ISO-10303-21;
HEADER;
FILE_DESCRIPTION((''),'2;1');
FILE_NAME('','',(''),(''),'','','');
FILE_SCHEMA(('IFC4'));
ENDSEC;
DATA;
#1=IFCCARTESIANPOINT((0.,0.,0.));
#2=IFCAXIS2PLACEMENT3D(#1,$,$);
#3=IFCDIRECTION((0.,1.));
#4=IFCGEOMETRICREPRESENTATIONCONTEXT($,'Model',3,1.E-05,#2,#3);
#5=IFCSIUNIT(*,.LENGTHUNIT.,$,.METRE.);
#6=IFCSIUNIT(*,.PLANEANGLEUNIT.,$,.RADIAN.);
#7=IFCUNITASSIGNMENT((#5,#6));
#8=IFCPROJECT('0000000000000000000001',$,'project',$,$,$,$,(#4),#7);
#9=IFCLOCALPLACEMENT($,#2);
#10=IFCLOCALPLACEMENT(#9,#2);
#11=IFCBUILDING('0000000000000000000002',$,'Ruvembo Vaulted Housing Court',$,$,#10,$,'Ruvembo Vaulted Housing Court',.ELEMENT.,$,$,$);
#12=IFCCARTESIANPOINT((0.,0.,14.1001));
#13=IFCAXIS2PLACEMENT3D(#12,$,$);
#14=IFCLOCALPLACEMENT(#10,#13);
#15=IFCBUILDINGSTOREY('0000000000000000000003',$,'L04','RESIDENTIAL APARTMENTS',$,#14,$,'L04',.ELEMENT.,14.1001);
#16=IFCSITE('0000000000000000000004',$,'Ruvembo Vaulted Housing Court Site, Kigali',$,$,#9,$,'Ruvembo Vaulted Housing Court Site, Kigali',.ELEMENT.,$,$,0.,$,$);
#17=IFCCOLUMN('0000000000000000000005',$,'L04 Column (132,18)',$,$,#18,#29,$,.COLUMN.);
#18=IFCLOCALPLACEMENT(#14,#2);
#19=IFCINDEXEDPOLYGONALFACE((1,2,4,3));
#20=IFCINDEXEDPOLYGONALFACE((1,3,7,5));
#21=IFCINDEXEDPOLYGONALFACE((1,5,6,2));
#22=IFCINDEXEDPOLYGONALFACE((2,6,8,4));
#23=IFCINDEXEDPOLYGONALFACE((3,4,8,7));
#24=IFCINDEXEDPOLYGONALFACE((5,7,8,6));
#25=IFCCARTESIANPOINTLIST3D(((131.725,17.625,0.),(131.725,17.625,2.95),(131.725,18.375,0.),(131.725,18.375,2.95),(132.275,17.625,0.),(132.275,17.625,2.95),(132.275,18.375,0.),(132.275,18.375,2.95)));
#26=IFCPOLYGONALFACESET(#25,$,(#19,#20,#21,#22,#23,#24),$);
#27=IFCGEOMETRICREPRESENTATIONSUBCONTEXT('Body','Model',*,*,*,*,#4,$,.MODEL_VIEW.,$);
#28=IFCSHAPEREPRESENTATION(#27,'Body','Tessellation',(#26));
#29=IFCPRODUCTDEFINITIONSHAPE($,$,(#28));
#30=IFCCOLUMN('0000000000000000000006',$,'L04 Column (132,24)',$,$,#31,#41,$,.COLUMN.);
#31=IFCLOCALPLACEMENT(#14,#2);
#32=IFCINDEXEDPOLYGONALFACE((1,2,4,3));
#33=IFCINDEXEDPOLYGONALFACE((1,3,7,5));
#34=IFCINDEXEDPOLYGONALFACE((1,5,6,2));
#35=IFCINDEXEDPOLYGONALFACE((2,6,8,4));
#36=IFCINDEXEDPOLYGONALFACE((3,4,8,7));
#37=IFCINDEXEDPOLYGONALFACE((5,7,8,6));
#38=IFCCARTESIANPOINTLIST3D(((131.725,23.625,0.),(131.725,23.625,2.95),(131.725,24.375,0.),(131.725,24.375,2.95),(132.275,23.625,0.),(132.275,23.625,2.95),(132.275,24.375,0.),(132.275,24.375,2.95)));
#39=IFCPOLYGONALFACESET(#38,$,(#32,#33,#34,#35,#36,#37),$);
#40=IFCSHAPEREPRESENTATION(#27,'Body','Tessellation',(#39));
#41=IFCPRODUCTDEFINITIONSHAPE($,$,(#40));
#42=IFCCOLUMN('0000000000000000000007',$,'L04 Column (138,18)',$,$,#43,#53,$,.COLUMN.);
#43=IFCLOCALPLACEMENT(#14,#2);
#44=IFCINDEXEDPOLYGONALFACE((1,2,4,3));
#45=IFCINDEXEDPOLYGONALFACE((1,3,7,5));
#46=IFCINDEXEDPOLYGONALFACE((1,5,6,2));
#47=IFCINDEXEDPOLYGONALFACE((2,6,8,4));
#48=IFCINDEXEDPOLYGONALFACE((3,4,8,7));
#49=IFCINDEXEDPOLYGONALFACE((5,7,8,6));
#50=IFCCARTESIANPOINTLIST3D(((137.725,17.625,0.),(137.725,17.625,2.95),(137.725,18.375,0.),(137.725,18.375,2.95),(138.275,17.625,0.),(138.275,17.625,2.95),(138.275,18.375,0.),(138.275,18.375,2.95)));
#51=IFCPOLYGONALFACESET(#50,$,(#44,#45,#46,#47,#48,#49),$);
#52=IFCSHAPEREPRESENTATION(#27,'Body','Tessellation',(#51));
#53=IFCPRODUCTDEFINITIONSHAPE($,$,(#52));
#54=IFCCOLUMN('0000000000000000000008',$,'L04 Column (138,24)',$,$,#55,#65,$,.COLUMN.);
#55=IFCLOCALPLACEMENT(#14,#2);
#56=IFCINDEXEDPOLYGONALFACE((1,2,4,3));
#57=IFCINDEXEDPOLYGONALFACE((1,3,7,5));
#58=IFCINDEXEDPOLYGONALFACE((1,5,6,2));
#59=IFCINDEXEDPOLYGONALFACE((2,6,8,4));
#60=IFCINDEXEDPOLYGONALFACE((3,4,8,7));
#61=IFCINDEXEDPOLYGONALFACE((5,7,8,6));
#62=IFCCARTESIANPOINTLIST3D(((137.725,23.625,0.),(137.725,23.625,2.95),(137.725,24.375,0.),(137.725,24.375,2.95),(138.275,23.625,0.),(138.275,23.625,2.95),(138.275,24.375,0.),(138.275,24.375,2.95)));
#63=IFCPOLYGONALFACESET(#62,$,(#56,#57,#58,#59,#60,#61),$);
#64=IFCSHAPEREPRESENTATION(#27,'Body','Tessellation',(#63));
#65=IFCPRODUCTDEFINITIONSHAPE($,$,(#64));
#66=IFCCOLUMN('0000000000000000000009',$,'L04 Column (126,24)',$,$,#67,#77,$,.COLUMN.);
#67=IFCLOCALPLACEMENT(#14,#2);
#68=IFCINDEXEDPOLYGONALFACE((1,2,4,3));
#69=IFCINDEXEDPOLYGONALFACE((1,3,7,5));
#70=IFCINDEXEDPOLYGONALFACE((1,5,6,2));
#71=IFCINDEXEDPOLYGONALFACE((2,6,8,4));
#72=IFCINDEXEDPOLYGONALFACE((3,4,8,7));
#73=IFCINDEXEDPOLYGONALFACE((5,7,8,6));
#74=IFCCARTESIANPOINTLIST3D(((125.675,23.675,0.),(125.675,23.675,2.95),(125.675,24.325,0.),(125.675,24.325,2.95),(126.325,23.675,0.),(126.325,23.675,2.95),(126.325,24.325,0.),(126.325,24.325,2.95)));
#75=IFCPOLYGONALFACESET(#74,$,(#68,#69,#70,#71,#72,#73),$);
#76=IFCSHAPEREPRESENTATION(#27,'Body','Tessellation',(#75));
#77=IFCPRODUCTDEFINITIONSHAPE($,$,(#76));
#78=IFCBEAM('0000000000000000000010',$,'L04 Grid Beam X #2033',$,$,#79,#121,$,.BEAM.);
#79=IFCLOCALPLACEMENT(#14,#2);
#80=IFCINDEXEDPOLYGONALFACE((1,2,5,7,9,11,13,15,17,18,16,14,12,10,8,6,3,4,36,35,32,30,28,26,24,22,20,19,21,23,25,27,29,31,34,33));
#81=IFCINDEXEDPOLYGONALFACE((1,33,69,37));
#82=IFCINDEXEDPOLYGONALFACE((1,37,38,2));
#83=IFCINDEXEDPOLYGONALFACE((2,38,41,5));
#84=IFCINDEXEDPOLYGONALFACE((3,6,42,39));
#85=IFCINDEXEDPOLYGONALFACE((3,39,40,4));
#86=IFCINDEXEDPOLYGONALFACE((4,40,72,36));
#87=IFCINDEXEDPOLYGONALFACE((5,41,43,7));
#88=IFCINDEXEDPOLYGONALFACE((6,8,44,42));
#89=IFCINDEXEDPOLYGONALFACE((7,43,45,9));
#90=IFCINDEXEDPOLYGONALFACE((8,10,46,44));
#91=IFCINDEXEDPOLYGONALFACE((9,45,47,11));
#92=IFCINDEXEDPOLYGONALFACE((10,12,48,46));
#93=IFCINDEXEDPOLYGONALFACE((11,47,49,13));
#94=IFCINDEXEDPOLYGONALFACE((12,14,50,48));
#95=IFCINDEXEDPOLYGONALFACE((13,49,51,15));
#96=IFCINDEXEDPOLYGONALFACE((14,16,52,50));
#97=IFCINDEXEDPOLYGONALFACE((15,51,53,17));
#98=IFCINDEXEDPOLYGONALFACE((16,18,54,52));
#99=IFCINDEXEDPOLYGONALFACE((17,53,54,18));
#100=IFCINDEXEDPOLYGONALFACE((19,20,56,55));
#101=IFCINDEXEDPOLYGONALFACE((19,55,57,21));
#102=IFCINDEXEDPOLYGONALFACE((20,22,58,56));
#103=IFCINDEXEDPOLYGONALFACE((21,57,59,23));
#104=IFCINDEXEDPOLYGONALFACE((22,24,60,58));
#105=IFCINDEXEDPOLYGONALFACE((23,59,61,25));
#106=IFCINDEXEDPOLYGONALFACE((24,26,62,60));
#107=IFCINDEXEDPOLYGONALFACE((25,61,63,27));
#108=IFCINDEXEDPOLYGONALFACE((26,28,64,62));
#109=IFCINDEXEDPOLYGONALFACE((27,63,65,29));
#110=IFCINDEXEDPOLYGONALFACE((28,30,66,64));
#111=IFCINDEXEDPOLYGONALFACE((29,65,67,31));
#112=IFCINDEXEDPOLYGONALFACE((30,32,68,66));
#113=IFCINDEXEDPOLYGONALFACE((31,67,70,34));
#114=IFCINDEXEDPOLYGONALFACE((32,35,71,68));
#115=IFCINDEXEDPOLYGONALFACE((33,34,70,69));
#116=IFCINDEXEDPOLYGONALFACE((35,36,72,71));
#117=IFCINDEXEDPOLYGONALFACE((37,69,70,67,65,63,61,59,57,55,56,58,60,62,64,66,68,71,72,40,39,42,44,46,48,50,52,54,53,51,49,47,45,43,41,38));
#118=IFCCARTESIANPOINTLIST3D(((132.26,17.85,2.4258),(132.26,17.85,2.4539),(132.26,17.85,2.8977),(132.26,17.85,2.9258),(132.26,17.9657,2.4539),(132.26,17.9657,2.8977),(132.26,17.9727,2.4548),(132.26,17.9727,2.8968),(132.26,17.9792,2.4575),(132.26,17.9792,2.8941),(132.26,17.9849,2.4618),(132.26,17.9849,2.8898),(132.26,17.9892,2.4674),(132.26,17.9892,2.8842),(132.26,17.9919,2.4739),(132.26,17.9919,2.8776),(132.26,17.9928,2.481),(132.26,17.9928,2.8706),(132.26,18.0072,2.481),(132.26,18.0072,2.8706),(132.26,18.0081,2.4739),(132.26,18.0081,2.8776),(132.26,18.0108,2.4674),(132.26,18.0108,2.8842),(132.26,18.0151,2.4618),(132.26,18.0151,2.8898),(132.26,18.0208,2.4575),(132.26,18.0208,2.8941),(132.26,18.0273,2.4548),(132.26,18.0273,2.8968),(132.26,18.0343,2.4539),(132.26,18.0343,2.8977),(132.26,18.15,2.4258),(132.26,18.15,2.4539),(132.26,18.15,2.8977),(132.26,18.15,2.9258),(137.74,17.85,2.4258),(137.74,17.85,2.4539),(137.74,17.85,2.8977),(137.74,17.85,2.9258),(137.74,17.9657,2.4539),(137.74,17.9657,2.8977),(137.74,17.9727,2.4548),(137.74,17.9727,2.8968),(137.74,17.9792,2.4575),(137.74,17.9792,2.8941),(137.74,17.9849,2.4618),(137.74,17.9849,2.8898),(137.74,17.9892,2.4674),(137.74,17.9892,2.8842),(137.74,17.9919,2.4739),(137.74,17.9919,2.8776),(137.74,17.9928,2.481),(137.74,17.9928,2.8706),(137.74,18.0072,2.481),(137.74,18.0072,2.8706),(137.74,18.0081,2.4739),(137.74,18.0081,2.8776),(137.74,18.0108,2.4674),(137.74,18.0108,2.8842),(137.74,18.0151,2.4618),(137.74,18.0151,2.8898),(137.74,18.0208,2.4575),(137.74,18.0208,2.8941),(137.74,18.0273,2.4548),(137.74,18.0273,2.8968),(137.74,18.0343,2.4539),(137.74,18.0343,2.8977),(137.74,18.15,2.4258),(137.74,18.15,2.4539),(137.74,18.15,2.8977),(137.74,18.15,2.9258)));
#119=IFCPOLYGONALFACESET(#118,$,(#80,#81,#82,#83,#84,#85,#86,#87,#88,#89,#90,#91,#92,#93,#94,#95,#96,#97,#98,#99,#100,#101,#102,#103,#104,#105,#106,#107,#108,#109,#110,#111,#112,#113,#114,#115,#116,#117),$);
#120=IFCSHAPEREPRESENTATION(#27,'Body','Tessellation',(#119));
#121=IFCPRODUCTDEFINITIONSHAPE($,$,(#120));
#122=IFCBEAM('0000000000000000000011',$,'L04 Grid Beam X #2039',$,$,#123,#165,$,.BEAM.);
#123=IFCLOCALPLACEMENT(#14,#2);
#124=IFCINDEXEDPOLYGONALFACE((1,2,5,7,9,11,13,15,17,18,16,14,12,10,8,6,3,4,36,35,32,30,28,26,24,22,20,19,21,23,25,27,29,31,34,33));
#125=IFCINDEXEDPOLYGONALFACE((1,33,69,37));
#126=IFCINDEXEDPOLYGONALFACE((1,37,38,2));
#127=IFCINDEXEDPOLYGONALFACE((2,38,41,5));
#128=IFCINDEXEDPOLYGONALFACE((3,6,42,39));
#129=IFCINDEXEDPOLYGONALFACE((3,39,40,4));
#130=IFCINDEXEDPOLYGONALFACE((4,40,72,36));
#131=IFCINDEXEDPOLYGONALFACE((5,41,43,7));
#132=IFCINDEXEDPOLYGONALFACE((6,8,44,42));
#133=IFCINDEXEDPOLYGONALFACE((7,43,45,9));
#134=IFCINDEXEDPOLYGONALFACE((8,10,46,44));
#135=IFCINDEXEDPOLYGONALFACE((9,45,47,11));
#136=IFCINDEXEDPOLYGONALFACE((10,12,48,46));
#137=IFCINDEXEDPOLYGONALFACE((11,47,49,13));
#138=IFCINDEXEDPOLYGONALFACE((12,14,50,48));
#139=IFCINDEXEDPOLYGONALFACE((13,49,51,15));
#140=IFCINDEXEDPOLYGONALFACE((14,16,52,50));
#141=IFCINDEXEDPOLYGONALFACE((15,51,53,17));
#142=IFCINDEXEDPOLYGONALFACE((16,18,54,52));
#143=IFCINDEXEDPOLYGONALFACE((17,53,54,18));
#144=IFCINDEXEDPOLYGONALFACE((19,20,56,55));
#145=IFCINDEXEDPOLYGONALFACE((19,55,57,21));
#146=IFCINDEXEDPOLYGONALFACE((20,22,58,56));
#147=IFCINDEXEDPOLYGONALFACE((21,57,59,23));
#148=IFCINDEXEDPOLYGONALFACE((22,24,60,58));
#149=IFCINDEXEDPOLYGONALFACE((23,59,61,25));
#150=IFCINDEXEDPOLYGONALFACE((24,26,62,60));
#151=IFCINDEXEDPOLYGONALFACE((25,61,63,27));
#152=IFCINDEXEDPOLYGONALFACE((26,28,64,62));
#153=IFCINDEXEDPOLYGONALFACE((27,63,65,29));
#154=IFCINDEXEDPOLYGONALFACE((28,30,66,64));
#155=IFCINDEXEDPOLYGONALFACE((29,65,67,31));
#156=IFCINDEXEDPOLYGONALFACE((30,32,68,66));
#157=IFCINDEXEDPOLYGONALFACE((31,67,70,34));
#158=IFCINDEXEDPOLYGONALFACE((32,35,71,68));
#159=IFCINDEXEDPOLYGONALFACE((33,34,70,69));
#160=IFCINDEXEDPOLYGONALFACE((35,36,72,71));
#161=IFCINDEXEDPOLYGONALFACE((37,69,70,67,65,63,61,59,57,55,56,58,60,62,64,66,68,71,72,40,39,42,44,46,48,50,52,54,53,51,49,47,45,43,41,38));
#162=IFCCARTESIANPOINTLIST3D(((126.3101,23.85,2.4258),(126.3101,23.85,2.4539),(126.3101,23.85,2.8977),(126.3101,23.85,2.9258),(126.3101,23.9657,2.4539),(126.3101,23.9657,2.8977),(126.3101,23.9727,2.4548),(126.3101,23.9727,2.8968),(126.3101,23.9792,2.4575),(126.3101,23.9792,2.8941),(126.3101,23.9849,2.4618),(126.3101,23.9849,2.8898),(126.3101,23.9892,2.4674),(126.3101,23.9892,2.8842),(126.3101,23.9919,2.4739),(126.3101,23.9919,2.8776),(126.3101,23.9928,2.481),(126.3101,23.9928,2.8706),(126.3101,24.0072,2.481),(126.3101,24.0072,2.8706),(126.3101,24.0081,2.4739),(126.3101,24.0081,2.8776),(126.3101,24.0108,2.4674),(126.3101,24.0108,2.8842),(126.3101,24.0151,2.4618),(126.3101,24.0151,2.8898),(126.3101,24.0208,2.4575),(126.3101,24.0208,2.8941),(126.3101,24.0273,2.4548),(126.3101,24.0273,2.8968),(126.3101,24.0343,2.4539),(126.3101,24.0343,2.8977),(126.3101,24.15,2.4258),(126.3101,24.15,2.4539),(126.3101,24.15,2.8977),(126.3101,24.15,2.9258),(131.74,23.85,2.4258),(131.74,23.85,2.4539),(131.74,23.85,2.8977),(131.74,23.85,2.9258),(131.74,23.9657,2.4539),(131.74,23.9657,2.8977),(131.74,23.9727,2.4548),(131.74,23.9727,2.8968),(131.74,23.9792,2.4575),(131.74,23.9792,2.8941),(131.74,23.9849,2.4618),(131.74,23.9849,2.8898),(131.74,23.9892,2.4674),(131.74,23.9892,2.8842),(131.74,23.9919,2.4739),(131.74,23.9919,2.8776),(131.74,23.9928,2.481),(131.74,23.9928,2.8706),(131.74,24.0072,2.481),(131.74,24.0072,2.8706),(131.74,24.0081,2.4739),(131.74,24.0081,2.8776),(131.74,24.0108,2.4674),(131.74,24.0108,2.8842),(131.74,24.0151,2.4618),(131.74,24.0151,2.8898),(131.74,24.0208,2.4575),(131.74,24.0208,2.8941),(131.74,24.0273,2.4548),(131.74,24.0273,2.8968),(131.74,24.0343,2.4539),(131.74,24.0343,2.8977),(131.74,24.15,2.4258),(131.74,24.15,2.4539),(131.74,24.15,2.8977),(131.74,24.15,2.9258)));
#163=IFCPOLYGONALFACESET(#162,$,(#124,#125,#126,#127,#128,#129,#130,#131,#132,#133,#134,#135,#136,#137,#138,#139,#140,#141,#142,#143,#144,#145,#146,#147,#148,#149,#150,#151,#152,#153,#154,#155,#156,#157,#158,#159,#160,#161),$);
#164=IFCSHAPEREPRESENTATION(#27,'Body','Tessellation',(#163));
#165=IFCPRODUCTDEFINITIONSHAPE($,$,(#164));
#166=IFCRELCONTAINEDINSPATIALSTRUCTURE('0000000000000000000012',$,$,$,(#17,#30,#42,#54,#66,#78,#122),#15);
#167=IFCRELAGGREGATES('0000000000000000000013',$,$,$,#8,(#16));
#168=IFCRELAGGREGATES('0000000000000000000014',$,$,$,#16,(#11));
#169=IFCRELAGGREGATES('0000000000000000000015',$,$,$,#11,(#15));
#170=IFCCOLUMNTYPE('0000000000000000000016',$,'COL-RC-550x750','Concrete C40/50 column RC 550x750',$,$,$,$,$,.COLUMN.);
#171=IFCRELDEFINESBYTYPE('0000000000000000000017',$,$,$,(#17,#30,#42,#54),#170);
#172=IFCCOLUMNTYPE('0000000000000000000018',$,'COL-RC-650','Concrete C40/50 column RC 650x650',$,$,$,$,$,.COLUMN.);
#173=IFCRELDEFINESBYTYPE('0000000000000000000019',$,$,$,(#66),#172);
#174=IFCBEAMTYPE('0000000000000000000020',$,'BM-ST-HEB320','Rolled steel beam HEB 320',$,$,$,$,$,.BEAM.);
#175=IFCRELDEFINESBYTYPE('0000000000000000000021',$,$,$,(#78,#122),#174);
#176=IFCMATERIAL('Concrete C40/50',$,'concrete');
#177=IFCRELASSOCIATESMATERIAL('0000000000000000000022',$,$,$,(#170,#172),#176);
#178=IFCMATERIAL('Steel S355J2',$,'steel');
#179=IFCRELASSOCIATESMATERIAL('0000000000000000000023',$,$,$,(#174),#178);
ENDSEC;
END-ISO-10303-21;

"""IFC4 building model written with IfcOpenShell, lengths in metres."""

from ifc_helpers import new_model, si_unit, direction, frame, origin, origin_2d, place, context, subcontext, project, spatial, rectangle, i_section, extrude, material, material_profile, profile_set, type_object, element, save


model = new_model("IFC4")

# Units and contexts
model_context = context("Model", 3, precision=1e-05, world=origin(), true_north=direction((0.0, 1.0)))
body_context = subcontext(model_context, "Body", "Model", "MODEL_VIEW")
ifc_project = project(units=[si_unit("LENGTHUNIT", "METRE"), si_unit("PLANEANGLEUNIT", "RADIAN")], contexts=[model_context])

# Site, building, storey
site_placement = place(None, origin())
site = spatial("IfcSite", under=ifc_project, at=site_placement, Name="Ruvembo Vaulted Housing Court Site, Kigali", LongName="Ruvembo Vaulted Housing Court Site, Kigali", CompositionType="ELEMENT", RefElevation=0.0)
building_placement = place(site_placement, origin())
building = spatial("IfcBuilding", under=site, at=building_placement, Name="Ruvembo Vaulted Housing Court", LongName="Ruvembo Vaulted Housing Court", CompositionType="ELEMENT")
storey_placement = place(building_placement, frame((0.0, 0.0, 14.1001)))
storey = spatial("IfcBuildingStorey", under=building, at=storey_placement, Name="L04", Description="RESIDENTIAL APARTMENTS", LongName="L04", CompositionType="ELEMENT", Elevation=14.1001)

# Columns
ifc_material_1 = material(Name="Concrete C40/50", Category="concrete")
ifc_material_profile_1 = material_profile(ifc_material_1, rectangle(XDim=0.55, YDim=0.75, at=origin_2d()), Name="RC 550x750")
ifc_profile_set_1 = profile_set([ifc_material_profile_1], Name="Concrete C40/50")
column_type_1 = type_object("IfcColumnType", Name="COL-RC-550x750", Description="Concrete C40/50 column RC 550x750", PredefinedType="COLUMN", material=ifc_profile_set_1)
for number, where, z_axis, x_axis, name in (
    (1, (132.0, 18.0, 0.0), (0.0, 0.0, 1.0), (1.0, 0.0, 0.0), "L04 Column (132,18)"),
    (2, (132.0, 24.0, 0.0), (0.0, 0.0, 1.0), (1.0, 0.0, 0.0), "L04 Column (132,24)"),
    (3, (138.0, 18.0, 0.0), (0.0, 0.0, 1.0), (1.0, 0.0, 0.0), "L04 Column (138,18)"),
    (4, (138.0, 24.0, 0.0), (0.0, 0.0, 1.0), (1.0, 0.0, 0.0), "L04 Column (138,24)"),
):
    element("IfcColumn", number, at=place(storey_placement, frame(where, z_axis=z_axis, x_axis=x_axis)), inside=storey, type_object=column_type_1, Name=name, PredefinedType="COLUMN", context=body_context, shape_type="SweptSolid", body=[
        extrude(rectangle(XDim=0.55, YDim=0.75, at=origin_2d()), origin(), (0.0, 0.0, 1.0), 2.95),
    ])
ifc_material_profile_2 = material_profile(ifc_material_1, rectangle(XDim=0.6499, YDim=0.6499, at=origin_2d()), Name="RC 650x650")
ifc_profile_set_2 = profile_set([ifc_material_profile_2], Name="Concrete C40/50")
column_type_2 = type_object("IfcColumnType", Name="COL-RC-650", Description="Concrete C40/50 column RC 650x650", PredefinedType="COLUMN", material=ifc_profile_set_2)
column_placement = place(storey_placement, frame((126.0, 24.0, 0.0), z_axis=(0.0, 0.0, 1.0), x_axis=(1.0, 0.0, 0.0)))
element("IfcColumn", 5, at=column_placement, inside=storey, type_object=column_type_2, Name="L04 Column (126,24)", PredefinedType="COLUMN", context=body_context, shape_type="SweptSolid", body=[
    extrude(rectangle(XDim=0.6499, YDim=0.6499, at=origin_2d()), origin(), (0.0, 0.0, 1.0), 2.95),
])

# Beams
ifc_material_2 = material(Name="Steel S355J2", Category="steel")
ifc_material_profile_3 = material_profile(ifc_material_2, i_section(OverallWidth=0.3, OverallDepth=0.5, WebThickness=0.0144, FlangeThickness=0.0281, FilletRadius=0.0271, at=origin_2d()), Name="HEB 320")
ifc_profile_set_3 = profile_set([ifc_material_profile_3], Name="Steel S355J2")
beam_type_1 = type_object("IfcBeamType", Name="BM-ST-HEB320", Description="Rolled steel beam HEB 320", PredefinedType="BEAM", material=ifc_profile_set_3)
beam_1_placement = place(storey_placement, frame((132.26, 18.0, 2.6758), z_axis=(1.0, 0.0, 0.0), x_axis=(0.0, 1.0, 0.0)))
element("IfcBeam", 6, at=beam_1_placement, inside=storey, type_object=beam_type_1, Name="L04 Grid Beam X #2033", PredefinedType="BEAM", context=body_context, shape_type="SweptSolid", body=[
    extrude(i_section(OverallWidth=0.3, OverallDepth=0.5, WebThickness=0.0144, FlangeThickness=0.0281, FilletRadius=0.0271, at=origin_2d()), origin(), (0.0, 0.0, 1.0), 5.48),
])
beam_2_placement = place(storey_placement, frame((126.3101, 24.0, 2.6758), z_axis=(1.0, 0.0, 0.0), x_axis=(0.0, 1.0, 0.0)))
element("IfcBeam", 7, at=beam_2_placement, inside=storey, type_object=beam_type_1, Name="L04 Grid Beam X #2039", PredefinedType="BEAM", context=body_context, shape_type="SweptSolid", body=[
    extrude(i_section(OverallWidth=0.3, OverallDepth=0.5, WebThickness=0.0144, FlangeThickness=0.0281, FilletRadius=0.0271, at=origin_2d()), origin(), (0.0, 0.0, 1.0), 5.4299),
])

save(model, "model.ifc")
